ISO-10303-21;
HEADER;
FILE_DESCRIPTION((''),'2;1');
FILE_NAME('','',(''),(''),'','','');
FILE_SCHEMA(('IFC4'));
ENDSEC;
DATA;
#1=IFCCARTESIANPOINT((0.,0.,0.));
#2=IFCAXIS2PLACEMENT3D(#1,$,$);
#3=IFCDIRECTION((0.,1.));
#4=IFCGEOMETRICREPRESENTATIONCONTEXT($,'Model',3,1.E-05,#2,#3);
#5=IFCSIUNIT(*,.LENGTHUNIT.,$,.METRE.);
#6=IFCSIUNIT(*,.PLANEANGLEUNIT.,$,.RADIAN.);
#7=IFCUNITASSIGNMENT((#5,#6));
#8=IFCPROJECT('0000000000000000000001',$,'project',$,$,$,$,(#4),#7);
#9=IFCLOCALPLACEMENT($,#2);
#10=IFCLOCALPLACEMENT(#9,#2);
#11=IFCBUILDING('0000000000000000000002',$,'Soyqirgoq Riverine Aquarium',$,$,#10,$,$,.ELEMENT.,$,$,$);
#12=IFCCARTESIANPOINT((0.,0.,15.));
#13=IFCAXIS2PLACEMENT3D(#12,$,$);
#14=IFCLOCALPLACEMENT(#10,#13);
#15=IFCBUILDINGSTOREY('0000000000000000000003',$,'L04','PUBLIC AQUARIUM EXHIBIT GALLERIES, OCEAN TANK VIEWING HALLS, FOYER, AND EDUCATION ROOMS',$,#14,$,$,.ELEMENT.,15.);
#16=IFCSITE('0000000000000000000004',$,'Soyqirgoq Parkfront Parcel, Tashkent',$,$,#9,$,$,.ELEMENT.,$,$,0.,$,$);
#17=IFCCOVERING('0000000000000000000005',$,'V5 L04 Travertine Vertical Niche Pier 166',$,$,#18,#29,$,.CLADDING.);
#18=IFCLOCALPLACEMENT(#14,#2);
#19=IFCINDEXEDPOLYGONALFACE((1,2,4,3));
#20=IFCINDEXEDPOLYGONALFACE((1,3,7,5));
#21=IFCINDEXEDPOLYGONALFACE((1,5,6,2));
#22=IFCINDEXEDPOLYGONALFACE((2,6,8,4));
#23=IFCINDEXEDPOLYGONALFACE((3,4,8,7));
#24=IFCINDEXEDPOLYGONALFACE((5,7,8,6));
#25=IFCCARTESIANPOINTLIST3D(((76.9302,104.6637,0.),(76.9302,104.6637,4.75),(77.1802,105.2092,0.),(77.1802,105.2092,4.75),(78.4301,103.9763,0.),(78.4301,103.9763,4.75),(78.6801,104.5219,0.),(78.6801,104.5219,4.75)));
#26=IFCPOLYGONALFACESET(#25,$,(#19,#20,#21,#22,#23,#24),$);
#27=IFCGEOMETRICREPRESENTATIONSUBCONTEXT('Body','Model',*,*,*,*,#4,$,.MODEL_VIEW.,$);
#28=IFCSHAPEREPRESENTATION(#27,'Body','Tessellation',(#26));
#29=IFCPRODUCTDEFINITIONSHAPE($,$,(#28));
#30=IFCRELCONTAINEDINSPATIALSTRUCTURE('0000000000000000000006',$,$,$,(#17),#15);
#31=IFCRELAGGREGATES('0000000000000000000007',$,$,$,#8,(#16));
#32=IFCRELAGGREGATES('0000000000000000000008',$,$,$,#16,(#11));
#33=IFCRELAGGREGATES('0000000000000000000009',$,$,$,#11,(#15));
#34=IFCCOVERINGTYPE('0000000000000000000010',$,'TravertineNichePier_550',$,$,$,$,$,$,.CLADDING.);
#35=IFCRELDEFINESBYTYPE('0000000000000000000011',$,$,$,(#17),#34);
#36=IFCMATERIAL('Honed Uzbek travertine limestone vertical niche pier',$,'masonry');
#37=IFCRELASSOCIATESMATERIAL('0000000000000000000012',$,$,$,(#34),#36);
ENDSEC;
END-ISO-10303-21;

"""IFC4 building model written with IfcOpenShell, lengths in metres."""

from ifc_helpers import new_model, si_unit, direction, frame, origin, origin_2d, place, context, subcontext, project, spatial, rectangle, extrude, material, type_object, element, save


model = new_model("IFC4")

# Units and contexts
model_context = context("Model", 3, precision=1e-05, world=origin(), true_north=direction((0.0, 1.0)))
body_context = subcontext(model_context, "Body", "Model", "MODEL_VIEW")
ifc_project = project(units=[si_unit("LENGTHUNIT", "METRE"), si_unit("PLANEANGLEUNIT", "RADIAN")], contexts=[model_context])

# Site, building, storey
site_placement = place(None, origin())
site = spatial("IfcSite", under=ifc_project, at=site_placement, Name="Soyqirgoq Parkfront Parcel, Tashkent", CompositionType="ELEMENT", RefElevation=0.0)
building_placement = place(site_placement, origin())
building = spatial("IfcBuilding", under=site, at=building_placement, Name="Soyqirgoq Riverine Aquarium", CompositionType="ELEMENT")
storey_placement = place(building_placement, frame((0.0, 0.0, 15.0)))
storey = spatial("IfcBuildingStorey", under=building, at=storey_placement, Name="L04", Description="PUBLIC AQUARIUM EXHIBIT GALLERIES, OCEAN TANK VIEWING HALLS, FOYER, AND EDUCATION ROOMS", CompositionType="ELEMENT", Elevation=15.0)

# Covering
ifc_material_1 = material(Name="Honed Uzbek travertine limestone vertical niche pier", Category="masonry")
covering_type_1 = type_object("IfcCoveringType", Name="TravertineNichePier_550", PredefinedType="CLADDING", material=ifc_material_1)
for number, where, z_axis, x_axis, name in (
    (1, (77.8052, 104.5928, 0.0), (0.0, 0.0, 1.0), (0.416598, 0.909091, 0.0), "V5 L04 Travertine Vertical Niche Pier 166"),
):
    element("IfcCovering", number, at=place(storey_placement, frame(where, z_axis=z_axis, x_axis=x_axis)), inside=storey, type_object=covering_type_1, Name=name, PredefinedType="CLADDING", context=body_context, shape_type="SweptSolid", body=[
        extrude(rectangle(XDim=0.6001, YDim=1.6499, at=origin_2d()), origin(), (0.0, 0.0, 1.0), 4.75),
    ])

save(model, "model.ifc")
